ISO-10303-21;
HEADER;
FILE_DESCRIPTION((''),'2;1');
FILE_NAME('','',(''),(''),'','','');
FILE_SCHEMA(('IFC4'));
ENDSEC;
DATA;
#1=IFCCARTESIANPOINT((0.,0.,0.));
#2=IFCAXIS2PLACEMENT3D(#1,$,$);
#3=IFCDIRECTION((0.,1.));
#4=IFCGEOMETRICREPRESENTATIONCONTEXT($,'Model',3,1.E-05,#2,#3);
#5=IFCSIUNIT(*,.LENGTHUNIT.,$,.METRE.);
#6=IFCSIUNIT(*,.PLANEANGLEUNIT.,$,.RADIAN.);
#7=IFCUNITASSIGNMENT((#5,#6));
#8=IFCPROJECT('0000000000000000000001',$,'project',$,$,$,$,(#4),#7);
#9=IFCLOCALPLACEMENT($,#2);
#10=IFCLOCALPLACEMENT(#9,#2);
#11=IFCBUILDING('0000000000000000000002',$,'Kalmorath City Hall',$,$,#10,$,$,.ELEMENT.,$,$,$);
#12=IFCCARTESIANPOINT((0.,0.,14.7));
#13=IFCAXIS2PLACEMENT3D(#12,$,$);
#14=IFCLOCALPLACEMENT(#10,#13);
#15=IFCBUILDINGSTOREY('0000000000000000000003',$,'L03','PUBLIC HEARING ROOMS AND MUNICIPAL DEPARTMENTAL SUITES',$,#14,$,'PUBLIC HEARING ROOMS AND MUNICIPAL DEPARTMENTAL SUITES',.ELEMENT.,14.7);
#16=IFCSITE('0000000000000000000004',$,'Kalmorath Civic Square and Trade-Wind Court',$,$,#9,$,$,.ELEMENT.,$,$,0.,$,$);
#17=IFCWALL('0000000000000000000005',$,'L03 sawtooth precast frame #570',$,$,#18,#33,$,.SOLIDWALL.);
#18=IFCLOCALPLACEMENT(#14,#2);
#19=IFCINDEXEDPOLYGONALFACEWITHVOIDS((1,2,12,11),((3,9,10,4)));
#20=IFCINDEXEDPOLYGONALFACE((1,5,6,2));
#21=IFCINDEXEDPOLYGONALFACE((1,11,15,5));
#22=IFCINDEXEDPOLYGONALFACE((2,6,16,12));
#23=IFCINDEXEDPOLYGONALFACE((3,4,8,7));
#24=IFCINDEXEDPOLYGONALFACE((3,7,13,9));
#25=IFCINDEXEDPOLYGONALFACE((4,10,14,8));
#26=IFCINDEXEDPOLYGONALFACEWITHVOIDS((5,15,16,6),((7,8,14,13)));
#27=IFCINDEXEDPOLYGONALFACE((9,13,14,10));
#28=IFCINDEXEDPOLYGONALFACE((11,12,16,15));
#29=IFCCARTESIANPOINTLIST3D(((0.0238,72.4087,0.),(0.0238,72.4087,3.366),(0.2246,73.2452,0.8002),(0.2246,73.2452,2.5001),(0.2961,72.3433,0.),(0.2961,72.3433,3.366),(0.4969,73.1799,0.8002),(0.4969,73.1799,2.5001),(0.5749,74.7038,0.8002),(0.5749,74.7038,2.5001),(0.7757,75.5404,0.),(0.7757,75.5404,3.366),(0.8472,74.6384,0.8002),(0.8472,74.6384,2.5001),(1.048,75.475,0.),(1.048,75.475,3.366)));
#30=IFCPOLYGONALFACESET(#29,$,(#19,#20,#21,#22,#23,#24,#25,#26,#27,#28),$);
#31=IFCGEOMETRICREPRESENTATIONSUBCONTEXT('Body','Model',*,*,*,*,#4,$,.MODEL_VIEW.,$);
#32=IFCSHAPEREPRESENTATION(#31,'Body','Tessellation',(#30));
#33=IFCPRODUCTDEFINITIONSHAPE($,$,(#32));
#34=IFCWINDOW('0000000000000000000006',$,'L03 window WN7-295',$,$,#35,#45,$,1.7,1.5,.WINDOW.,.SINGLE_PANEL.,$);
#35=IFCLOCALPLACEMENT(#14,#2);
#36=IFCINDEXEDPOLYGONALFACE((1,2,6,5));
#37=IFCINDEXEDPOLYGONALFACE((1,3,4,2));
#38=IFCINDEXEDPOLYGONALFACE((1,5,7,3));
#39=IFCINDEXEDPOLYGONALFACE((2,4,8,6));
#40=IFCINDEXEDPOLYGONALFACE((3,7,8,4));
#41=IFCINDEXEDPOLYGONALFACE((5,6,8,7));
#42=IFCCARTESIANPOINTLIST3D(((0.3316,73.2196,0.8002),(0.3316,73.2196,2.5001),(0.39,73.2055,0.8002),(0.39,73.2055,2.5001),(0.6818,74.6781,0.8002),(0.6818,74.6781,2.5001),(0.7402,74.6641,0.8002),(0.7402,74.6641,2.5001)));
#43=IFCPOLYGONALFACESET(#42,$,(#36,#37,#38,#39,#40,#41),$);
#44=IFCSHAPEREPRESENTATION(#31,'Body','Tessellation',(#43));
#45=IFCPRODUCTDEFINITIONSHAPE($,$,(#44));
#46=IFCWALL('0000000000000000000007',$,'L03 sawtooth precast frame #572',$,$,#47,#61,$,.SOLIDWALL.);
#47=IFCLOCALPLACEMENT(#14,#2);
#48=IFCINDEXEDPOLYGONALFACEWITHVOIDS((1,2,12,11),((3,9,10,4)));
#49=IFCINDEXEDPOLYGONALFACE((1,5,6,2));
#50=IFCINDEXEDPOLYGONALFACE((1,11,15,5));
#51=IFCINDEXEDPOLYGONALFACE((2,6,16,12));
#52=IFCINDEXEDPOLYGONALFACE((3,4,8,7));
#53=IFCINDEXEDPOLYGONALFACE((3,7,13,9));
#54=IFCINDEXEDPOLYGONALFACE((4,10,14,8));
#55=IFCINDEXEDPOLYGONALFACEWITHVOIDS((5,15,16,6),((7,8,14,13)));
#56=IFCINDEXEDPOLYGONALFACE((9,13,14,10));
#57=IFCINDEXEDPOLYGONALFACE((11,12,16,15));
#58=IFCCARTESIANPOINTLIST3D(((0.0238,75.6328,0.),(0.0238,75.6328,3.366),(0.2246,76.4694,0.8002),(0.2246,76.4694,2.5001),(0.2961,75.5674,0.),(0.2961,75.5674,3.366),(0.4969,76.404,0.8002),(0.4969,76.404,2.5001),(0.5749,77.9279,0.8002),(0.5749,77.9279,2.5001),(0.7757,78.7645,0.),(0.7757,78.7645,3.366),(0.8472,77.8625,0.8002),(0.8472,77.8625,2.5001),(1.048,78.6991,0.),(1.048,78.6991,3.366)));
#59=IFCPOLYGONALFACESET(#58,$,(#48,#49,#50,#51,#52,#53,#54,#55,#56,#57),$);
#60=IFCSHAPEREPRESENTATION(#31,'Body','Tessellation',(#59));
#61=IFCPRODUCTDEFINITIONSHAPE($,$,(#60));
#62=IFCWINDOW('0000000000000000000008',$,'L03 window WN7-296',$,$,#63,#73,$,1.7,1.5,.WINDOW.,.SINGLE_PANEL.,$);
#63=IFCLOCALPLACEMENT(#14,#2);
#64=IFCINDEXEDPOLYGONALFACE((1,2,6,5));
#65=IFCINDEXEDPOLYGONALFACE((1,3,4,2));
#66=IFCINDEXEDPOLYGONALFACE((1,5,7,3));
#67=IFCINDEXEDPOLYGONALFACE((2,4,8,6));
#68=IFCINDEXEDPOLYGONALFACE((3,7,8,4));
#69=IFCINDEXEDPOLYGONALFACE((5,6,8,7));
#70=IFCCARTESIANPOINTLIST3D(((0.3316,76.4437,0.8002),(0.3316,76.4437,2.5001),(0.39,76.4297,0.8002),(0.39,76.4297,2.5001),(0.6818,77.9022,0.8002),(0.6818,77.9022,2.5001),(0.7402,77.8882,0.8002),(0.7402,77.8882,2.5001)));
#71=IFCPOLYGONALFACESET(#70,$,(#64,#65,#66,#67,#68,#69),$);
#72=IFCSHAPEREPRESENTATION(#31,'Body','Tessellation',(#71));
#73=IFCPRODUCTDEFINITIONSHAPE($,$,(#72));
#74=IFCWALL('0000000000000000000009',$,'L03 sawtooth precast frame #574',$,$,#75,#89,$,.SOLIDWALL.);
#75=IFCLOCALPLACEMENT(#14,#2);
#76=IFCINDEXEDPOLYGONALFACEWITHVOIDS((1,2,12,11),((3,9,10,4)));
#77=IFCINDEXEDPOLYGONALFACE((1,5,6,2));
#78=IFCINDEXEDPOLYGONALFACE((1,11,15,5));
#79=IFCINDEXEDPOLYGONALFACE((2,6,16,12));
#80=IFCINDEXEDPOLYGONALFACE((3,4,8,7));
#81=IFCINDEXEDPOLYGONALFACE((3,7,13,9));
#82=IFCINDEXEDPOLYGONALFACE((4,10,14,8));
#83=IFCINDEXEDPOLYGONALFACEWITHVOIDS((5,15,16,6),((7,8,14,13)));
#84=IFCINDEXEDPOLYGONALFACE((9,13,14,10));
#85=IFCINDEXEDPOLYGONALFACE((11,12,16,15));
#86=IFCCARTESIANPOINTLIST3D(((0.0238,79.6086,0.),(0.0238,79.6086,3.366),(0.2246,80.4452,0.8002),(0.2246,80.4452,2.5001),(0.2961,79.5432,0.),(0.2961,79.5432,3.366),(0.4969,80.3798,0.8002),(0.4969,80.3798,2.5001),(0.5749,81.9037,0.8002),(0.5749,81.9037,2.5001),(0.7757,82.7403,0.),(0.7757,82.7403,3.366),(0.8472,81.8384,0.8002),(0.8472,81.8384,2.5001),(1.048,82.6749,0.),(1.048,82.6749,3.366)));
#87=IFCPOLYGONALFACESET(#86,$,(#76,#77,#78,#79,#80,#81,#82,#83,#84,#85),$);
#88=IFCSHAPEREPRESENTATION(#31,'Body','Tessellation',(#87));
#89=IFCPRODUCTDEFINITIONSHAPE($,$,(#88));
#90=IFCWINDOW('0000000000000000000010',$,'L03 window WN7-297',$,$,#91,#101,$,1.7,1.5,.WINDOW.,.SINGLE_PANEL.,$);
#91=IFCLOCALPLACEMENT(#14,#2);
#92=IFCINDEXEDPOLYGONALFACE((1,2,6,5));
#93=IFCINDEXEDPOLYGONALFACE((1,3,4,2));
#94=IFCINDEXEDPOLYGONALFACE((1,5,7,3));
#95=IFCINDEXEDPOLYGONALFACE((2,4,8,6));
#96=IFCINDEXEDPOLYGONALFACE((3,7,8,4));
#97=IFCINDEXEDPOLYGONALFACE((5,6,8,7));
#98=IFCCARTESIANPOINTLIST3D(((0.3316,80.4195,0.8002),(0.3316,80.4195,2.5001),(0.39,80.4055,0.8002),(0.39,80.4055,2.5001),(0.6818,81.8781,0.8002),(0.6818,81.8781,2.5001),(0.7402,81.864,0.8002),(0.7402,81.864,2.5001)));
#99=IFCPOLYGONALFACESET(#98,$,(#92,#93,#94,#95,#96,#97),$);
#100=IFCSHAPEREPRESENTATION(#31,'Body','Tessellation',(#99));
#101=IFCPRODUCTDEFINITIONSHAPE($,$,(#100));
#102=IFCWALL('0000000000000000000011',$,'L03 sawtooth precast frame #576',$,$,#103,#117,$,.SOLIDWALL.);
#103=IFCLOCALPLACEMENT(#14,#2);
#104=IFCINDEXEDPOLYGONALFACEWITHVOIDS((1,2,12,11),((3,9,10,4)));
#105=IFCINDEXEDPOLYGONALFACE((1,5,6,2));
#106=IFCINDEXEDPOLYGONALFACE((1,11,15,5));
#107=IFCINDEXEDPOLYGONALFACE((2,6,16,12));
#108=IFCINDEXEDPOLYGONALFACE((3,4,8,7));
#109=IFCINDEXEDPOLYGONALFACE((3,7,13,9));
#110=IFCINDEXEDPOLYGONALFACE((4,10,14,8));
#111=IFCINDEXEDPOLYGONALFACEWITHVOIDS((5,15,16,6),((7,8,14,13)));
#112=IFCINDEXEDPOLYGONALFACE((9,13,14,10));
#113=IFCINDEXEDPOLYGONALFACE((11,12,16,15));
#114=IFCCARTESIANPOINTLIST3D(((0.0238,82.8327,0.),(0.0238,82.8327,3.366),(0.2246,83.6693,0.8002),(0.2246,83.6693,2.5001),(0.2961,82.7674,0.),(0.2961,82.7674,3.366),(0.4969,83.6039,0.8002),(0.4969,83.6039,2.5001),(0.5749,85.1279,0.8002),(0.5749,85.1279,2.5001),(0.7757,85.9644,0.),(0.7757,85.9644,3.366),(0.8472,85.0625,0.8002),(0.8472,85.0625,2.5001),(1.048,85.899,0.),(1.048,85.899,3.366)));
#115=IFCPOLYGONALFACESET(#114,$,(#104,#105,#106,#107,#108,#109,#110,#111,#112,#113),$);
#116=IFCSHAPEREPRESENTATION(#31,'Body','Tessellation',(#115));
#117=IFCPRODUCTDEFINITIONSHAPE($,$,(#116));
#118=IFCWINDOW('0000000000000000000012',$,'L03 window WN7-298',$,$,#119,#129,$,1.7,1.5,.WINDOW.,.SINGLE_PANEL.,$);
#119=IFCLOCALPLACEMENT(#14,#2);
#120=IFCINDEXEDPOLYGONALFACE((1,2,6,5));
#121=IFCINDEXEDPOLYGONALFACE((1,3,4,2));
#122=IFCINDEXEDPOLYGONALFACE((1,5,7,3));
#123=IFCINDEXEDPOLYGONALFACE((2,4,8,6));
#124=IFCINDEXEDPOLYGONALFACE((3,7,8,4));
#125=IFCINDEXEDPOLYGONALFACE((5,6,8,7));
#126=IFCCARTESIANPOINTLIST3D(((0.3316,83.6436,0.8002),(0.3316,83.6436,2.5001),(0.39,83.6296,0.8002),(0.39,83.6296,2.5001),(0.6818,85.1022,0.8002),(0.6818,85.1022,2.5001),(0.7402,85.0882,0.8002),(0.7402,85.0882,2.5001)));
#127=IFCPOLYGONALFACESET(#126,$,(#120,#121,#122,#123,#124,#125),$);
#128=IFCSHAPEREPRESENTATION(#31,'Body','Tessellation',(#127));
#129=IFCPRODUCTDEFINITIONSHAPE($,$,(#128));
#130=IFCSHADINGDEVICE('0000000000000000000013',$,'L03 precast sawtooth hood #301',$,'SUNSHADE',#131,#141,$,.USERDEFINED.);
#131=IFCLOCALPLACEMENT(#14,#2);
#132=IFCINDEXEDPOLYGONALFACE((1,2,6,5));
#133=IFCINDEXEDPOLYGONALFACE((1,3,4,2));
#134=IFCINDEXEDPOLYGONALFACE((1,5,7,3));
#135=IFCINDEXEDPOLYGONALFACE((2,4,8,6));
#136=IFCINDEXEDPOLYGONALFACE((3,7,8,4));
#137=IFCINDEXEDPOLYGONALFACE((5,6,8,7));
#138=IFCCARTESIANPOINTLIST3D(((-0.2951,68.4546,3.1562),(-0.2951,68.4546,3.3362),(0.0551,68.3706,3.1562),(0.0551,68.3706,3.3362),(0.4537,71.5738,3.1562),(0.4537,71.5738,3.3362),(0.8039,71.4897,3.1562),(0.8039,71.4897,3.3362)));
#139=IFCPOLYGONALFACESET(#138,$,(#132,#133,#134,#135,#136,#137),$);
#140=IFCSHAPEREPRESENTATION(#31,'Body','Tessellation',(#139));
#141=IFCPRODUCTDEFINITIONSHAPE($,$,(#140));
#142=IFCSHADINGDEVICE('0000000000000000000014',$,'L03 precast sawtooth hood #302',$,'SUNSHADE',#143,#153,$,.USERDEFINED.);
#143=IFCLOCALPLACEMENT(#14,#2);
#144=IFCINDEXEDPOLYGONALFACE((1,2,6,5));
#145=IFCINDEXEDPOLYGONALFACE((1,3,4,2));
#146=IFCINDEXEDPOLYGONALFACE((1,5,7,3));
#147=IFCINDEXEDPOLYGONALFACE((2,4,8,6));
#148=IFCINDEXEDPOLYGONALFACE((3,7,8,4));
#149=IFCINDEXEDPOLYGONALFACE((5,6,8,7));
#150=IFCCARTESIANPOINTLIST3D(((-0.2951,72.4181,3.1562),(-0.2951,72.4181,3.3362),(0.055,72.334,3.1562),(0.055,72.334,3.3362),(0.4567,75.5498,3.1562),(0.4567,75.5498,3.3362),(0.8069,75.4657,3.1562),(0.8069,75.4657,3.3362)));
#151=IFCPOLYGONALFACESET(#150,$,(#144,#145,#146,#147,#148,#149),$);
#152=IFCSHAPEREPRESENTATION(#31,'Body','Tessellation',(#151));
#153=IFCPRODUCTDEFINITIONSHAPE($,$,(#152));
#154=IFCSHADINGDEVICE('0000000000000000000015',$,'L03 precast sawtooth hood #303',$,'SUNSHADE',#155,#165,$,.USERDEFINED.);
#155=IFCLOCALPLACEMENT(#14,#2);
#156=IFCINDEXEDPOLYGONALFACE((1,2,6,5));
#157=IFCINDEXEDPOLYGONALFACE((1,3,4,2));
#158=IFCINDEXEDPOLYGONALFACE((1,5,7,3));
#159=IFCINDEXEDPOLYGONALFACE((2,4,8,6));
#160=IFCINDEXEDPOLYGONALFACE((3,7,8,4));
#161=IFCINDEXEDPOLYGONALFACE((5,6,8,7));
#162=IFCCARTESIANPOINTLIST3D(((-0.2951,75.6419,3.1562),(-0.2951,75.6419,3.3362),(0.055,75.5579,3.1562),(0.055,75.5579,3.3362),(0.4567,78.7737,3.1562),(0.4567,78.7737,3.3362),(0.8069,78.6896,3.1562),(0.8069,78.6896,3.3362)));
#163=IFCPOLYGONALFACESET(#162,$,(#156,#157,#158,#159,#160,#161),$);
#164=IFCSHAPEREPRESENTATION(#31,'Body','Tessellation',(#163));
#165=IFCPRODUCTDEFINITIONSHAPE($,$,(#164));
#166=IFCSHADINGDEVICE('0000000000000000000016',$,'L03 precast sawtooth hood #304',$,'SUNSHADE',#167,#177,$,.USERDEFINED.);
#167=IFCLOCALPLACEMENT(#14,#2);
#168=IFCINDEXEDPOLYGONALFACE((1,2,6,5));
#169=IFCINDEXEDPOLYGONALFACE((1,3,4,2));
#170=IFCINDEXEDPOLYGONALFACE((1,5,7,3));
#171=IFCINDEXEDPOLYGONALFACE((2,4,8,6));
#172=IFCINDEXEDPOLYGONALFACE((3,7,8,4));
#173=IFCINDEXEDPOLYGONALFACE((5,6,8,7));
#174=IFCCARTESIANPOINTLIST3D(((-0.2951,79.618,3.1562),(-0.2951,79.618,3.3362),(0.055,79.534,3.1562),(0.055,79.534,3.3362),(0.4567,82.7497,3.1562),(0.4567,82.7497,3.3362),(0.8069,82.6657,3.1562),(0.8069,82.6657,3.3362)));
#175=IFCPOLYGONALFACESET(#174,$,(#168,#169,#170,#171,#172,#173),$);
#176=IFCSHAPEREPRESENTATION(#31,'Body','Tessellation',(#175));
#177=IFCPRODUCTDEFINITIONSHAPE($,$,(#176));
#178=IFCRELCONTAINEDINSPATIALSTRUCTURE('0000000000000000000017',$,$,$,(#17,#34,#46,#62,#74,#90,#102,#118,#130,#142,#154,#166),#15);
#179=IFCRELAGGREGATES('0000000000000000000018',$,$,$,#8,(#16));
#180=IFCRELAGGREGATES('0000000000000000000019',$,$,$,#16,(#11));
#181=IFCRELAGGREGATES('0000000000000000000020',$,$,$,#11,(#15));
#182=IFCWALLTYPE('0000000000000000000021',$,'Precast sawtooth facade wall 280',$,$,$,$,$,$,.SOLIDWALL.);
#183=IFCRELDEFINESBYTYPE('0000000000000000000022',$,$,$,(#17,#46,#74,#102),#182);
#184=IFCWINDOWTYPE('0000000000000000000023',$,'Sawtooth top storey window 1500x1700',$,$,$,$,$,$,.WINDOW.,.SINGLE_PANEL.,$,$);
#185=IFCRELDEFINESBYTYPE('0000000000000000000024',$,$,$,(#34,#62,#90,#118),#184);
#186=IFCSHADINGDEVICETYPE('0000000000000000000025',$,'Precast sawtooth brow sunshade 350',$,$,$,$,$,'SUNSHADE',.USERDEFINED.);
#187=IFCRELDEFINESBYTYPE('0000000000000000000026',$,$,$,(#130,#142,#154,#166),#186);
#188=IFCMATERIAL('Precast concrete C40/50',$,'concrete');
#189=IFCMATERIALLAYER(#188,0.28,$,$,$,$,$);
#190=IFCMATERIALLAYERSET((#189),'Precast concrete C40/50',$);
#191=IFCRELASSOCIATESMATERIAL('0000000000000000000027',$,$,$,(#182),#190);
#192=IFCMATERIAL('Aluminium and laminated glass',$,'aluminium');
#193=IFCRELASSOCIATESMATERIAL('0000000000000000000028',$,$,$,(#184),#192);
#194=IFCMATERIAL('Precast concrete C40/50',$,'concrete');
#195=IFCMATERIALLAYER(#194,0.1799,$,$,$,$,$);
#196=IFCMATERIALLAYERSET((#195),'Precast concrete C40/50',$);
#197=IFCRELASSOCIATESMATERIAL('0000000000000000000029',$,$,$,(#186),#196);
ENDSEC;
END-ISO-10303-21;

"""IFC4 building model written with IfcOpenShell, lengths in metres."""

from ifc_helpers import new_model, si_unit, direction, frame, frame_2d, origin, origin_2d, place, context, subcontext, project, spatial, rectangle, extrude, material, layer, layer_set, type_object, element, fill, save


model = new_model("IFC4")

# Units and contexts
model_context = context("Model", 3, precision=1e-05, world=origin(), true_north=direction((0.0, 1.0)))
body_context = subcontext(model_context, "Body", "Model", "MODEL_VIEW")
ifc_project = project(units=[si_unit("LENGTHUNIT", "METRE"), si_unit("PLANEANGLEUNIT", "RADIAN")], contexts=[model_context])

# Site, building, storey
site_placement = place(None, origin())
site = spatial("IfcSite", under=ifc_project, at=site_placement, Name="Kalmorath Civic Square and Trade-Wind Court", CompositionType="ELEMENT", RefElevation=0.0)
building_placement = place(site_placement, origin())
building = spatial("IfcBuilding", under=site, at=building_placement, Name="Kalmorath City Hall", CompositionType="ELEMENT")
storey_placement = place(building_placement, frame((0.0, 0.0, 14.7)))
storey = spatial("IfcBuildingStorey", under=building, at=storey_placement, Name="L03", Description="PUBLIC HEARING ROOMS AND MUNICIPAL DEPARTMENTAL SUITES", LongName="PUBLIC HEARING ROOMS AND MUNICIPAL DEPARTMENTAL SUITES", CompositionType="ELEMENT", Elevation=14.7)

# Walls, openings, windows
ifc_material_1 = material(Name="Precast concrete C40/50", Category="concrete")
ifc_layer_1 = layer(ifc_material_1, 0.28)
ifc_layer_set_1 = layer_set([ifc_layer_1], Name="Precast concrete C40/50")
wall_type_1 = type_object("IfcWallType", Name="Precast sawtooth facade wall 280", PredefinedType="SOLIDWALL", material=ifc_layer_set_1)
ifc_material_2 = material(Name="Aluminium and laminated glass", Category="aluminium")
window_type = type_object("IfcWindowType", Name="Sawtooth top storey window 1500x1700", PartitioningType="SINGLE_PANEL", PredefinedType="WINDOW", material=ifc_material_2)
wall_1_placement = place(storey_placement, frame((0.1599, 72.376, 0.0), z_axis=(0.0, 0.0, 1.0), x_axis=(0.233482, 0.972361, 0.0)))
wall_1 = element("IfcWall", 1, at=wall_1_placement, inside=storey, type_object=wall_type_1, Name="L03 sawtooth precast frame #570", PredefinedType="SOLIDWALL", context=body_context, shape_type="SweptSolid", body=[
    extrude(rectangle(XDim=3.2207, YDim=0.28, at=frame_2d((1.6104, 0.0))), origin(), (0.0, 0.0, 1.0), 3.366),
])
opening_1_placement = place(wall_1_placement, frame((0.8604, 0.0, 0.8)))
opening_1 = element("IfcOpeningElement", 2, at=opening_1_placement, cuts=wall_1, PredefinedType="OPENING", context=body_context, shape_type="SweptSolid", body=[
    extrude(rectangle(XDim=1.5, YDim=1.7, at=frame_2d((0.75, 0.8501))), frame((0.0, 0.1499, 0.0), z_axis=(0.0, -1.0, 0.0), x_axis=(1.0, 0.0, 0.0)), (0.0, 0.0, 1.0), 0.3),
])
window_1_placement = place(opening_1_placement, origin())
window_1 = element("IfcWindow", 3, at=window_1_placement, inside=storey, type_object=window_type, Name="L03 window WN7-295", OverallHeight=1.7, OverallWidth=1.5, PartitioningType="SINGLE_PANEL", PredefinedType="WINDOW", context=body_context, shape_type="SweptSolid", body=[
    extrude(rectangle(XDim=1.5, YDim=1.7, at=frame_2d((0.75, 0.8501))), frame((0.0, 0.03, 0.0), z_axis=(0.0, -1.0, 0.0), x_axis=(1.0, 0.0, 0.0)), (0.0, 0.0, 1.0), 0.0601),
])
fill(opening_1, window_1)
wall_2_placement = place(storey_placement, frame((0.1599, 75.6001, 0.0), z_axis=(0.0, 0.0, 1.0), x_axis=(0.233482, 0.972361, 0.0)))
wall_2 = element("IfcWall", 4, at=wall_2_placement, inside=storey, type_object=wall_type_1, Name="L03 sawtooth precast frame #572", PredefinedType="SOLIDWALL", context=body_context, shape_type="SweptSolid", body=[
    extrude(rectangle(XDim=3.2207, YDim=0.28, at=frame_2d((1.6104, 0.0))), origin(), (0.0, 0.0, 1.0), 3.366),
])
opening_2_placement = place(wall_2_placement, frame((0.8604, 0.0, 0.8)))
opening_2 = element("IfcOpeningElement", 5, at=opening_2_placement, cuts=wall_2, PredefinedType="OPENING", context=body_context, shape_type="SweptSolid", body=[
    extrude(rectangle(XDim=1.5, YDim=1.7, at=frame_2d((0.75, 0.8501))), frame((0.0, 0.1499, 0.0), z_axis=(0.0, -1.0, 0.0), x_axis=(1.0, 0.0, 0.0)), (0.0, 0.0, 1.0), 0.3),
])
window_2_placement = place(opening_2_placement, origin())
window_2 = element("IfcWindow", 6, at=window_2_placement, inside=storey, type_object=window_type, Name="L03 window WN7-296", OverallHeight=1.7, OverallWidth=1.5, PartitioningType="SINGLE_PANEL", PredefinedType="WINDOW", context=body_context, shape_type="SweptSolid", body=[
    extrude(rectangle(XDim=1.5, YDim=1.7, at=frame_2d((0.75, 0.8501))), frame((0.0, 0.03, 0.0), z_axis=(0.0, -1.0, 0.0), x_axis=(1.0, 0.0, 0.0)), (0.0, 0.0, 1.0), 0.0601),
])
fill(opening_2, window_2)
wall_3_placement = place(storey_placement, frame((0.1599, 79.5759, 0.0), z_axis=(0.0, 0.0, 1.0), x_axis=(0.233482, 0.972361, 0.0)))
wall_3 = element("IfcWall", 7, at=wall_3_placement, inside=storey, type_object=wall_type_1, Name="L03 sawtooth precast frame #574", PredefinedType="SOLIDWALL", context=body_context, shape_type="SweptSolid", body=[
    extrude(rectangle(XDim=3.2207, YDim=0.28, at=frame_2d((1.6104, 0.0))), origin(), (0.0, 0.0, 1.0), 3.366),
])
opening_3_placement = place(wall_3_placement, frame((0.8604, 0.0, 0.8)))
opening_3 = element("IfcOpeningElement", 8, at=opening_3_placement, cuts=wall_3, PredefinedType="OPENING", context=body_context, shape_type="SweptSolid", body=[
    extrude(rectangle(XDim=1.5, YDim=1.7, at=frame_2d((0.75, 0.8501))), frame((0.0, 0.1499, 0.0), z_axis=(0.0, -1.0, 0.0), x_axis=(1.0, 0.0, 0.0)), (0.0, 0.0, 1.0), 0.3),
])
window_3_placement = place(opening_3_placement, origin())
window_3 = element("IfcWindow", 9, at=window_3_placement, inside=storey, type_object=window_type, Name="L03 window WN7-297", OverallHeight=1.7, OverallWidth=1.5, PartitioningType="SINGLE_PANEL", PredefinedType="WINDOW", context=body_context, shape_type="SweptSolid", body=[
    extrude(rectangle(XDim=1.5, YDim=1.7, at=frame_2d((0.75, 0.8501))), frame((0.0, 0.03, 0.0), z_axis=(0.0, -1.0, 0.0), x_axis=(1.0, 0.0, 0.0)), (0.0, 0.0, 1.0), 0.0601),
])
fill(opening_3, window_3)
wall_4_placement = place(storey_placement, frame((0.1599, 82.8, 0.0), z_axis=(0.0, 0.0, 1.0), x_axis=(0.233482, 0.972361, 0.0)))
wall_4 = element("IfcWall", 10, at=wall_4_placement, inside=storey, type_object=wall_type_1, Name="L03 sawtooth precast frame #576", PredefinedType="SOLIDWALL", context=body_context, shape_type="SweptSolid", body=[
    extrude(rectangle(XDim=3.2207, YDim=0.28, at=frame_2d((1.6104, 0.0))), origin(), (0.0, 0.0, 1.0), 3.366),
])
opening_4_placement = place(wall_4_placement, frame((0.8604, 0.0, 0.8)))
opening_4 = element("IfcOpeningElement", 11, at=opening_4_placement, cuts=wall_4, PredefinedType="OPENING", context=body_context, shape_type="SweptSolid", body=[
    extrude(rectangle(XDim=1.5, YDim=1.7, at=frame_2d((0.75, 0.8501))), frame((0.0, 0.1499, 0.0), z_axis=(0.0, -1.0, 0.0), x_axis=(1.0, 0.0, 0.0)), (0.0, 0.0, 1.0), 0.3),
])
window_4_placement = place(opening_4_placement, origin())
window_4 = element("IfcWindow", 12, at=window_4_placement, inside=storey, type_object=window_type, Name="L03 window WN7-298", OverallHeight=1.7, OverallWidth=1.5, PartitioningType="SINGLE_PANEL", PredefinedType="WINDOW", context=body_context, shape_type="SweptSolid", body=[
    extrude(rectangle(XDim=1.5, YDim=1.7, at=frame_2d((0.75, 0.8501))), frame((0.0, 0.03, 0.0), z_axis=(0.0, -1.0, 0.0), x_axis=(1.0, 0.0, 0.0)), (0.0, 0.0, 1.0), 0.0601),
])
fill(opening_4, window_4)

# Shading devices
ifc_material_3 = material(Name="Precast concrete C40/50", Category="concrete")
ifc_layer_2 = layer(ifc_material_3, 0.1799)
ifc_layer_set_2 = layer_set([ifc_layer_2], Name="Precast concrete C40/50")
shading_device_type = type_object("IfcShadingDeviceType", Name="Precast sawtooth brow sunshade 350", ElementType="SUNSHADE", PredefinedType="USERDEFINED", material=ifc_layer_set_2)
shading_device_placement = place(storey_placement, frame((0.2544, 69.9722, 3.1562), z_axis=(0.0, 0.0, 1.0), x_axis=(0.233445, 0.97237, 0.0)))
element("IfcShadingDevice", 13, at=shading_device_placement, inside=storey, type_object=shading_device_type, Name="L03 precast sawtooth hood #301", ObjectType="SUNSHADE", PredefinedType="USERDEFINED", context=body_context, shape_type="SweptSolid", body=[
    extrude(rectangle(XDim=3.2078, YDim=0.3601, at=origin_2d()), origin(), (0.0, 0.0, 1.0), 0.1799),
])
for number, where, z_axis, x_axis, name in (
    (14, (0.2559, 73.9419, 3.1562), (0.0, 0.0, 1.0), (0.233445, 0.97237, 0.0), "L03 precast sawtooth hood #302"),
    (15, (0.2559, 77.1658, 3.1562), (0.0, 0.0, 1.0), (0.233445, 0.97237, 0.0), "L03 precast sawtooth hood #303"),
    (16, (0.2559, 81.1418, 3.1562), (0.0, 0.0, 1.0), (0.233445, 0.97237, 0.0), "L03 precast sawtooth hood #304"),
):
    element("IfcShadingDevice", number, at=place(storey_placement, frame(where, z_axis=z_axis, x_axis=x_axis)), inside=storey, type_object=shading_device_type, Name=name, ObjectType="SUNSHADE", PredefinedType="USERDEFINED", context=body_context, shape_type="SweptSolid", body=[
        extrude(rectangle(XDim=3.2207, YDim=0.3601, at=origin_2d()), origin(), (0.0, 0.0, 1.0), 0.1799),
    ])

save(model, "model.ifc")
